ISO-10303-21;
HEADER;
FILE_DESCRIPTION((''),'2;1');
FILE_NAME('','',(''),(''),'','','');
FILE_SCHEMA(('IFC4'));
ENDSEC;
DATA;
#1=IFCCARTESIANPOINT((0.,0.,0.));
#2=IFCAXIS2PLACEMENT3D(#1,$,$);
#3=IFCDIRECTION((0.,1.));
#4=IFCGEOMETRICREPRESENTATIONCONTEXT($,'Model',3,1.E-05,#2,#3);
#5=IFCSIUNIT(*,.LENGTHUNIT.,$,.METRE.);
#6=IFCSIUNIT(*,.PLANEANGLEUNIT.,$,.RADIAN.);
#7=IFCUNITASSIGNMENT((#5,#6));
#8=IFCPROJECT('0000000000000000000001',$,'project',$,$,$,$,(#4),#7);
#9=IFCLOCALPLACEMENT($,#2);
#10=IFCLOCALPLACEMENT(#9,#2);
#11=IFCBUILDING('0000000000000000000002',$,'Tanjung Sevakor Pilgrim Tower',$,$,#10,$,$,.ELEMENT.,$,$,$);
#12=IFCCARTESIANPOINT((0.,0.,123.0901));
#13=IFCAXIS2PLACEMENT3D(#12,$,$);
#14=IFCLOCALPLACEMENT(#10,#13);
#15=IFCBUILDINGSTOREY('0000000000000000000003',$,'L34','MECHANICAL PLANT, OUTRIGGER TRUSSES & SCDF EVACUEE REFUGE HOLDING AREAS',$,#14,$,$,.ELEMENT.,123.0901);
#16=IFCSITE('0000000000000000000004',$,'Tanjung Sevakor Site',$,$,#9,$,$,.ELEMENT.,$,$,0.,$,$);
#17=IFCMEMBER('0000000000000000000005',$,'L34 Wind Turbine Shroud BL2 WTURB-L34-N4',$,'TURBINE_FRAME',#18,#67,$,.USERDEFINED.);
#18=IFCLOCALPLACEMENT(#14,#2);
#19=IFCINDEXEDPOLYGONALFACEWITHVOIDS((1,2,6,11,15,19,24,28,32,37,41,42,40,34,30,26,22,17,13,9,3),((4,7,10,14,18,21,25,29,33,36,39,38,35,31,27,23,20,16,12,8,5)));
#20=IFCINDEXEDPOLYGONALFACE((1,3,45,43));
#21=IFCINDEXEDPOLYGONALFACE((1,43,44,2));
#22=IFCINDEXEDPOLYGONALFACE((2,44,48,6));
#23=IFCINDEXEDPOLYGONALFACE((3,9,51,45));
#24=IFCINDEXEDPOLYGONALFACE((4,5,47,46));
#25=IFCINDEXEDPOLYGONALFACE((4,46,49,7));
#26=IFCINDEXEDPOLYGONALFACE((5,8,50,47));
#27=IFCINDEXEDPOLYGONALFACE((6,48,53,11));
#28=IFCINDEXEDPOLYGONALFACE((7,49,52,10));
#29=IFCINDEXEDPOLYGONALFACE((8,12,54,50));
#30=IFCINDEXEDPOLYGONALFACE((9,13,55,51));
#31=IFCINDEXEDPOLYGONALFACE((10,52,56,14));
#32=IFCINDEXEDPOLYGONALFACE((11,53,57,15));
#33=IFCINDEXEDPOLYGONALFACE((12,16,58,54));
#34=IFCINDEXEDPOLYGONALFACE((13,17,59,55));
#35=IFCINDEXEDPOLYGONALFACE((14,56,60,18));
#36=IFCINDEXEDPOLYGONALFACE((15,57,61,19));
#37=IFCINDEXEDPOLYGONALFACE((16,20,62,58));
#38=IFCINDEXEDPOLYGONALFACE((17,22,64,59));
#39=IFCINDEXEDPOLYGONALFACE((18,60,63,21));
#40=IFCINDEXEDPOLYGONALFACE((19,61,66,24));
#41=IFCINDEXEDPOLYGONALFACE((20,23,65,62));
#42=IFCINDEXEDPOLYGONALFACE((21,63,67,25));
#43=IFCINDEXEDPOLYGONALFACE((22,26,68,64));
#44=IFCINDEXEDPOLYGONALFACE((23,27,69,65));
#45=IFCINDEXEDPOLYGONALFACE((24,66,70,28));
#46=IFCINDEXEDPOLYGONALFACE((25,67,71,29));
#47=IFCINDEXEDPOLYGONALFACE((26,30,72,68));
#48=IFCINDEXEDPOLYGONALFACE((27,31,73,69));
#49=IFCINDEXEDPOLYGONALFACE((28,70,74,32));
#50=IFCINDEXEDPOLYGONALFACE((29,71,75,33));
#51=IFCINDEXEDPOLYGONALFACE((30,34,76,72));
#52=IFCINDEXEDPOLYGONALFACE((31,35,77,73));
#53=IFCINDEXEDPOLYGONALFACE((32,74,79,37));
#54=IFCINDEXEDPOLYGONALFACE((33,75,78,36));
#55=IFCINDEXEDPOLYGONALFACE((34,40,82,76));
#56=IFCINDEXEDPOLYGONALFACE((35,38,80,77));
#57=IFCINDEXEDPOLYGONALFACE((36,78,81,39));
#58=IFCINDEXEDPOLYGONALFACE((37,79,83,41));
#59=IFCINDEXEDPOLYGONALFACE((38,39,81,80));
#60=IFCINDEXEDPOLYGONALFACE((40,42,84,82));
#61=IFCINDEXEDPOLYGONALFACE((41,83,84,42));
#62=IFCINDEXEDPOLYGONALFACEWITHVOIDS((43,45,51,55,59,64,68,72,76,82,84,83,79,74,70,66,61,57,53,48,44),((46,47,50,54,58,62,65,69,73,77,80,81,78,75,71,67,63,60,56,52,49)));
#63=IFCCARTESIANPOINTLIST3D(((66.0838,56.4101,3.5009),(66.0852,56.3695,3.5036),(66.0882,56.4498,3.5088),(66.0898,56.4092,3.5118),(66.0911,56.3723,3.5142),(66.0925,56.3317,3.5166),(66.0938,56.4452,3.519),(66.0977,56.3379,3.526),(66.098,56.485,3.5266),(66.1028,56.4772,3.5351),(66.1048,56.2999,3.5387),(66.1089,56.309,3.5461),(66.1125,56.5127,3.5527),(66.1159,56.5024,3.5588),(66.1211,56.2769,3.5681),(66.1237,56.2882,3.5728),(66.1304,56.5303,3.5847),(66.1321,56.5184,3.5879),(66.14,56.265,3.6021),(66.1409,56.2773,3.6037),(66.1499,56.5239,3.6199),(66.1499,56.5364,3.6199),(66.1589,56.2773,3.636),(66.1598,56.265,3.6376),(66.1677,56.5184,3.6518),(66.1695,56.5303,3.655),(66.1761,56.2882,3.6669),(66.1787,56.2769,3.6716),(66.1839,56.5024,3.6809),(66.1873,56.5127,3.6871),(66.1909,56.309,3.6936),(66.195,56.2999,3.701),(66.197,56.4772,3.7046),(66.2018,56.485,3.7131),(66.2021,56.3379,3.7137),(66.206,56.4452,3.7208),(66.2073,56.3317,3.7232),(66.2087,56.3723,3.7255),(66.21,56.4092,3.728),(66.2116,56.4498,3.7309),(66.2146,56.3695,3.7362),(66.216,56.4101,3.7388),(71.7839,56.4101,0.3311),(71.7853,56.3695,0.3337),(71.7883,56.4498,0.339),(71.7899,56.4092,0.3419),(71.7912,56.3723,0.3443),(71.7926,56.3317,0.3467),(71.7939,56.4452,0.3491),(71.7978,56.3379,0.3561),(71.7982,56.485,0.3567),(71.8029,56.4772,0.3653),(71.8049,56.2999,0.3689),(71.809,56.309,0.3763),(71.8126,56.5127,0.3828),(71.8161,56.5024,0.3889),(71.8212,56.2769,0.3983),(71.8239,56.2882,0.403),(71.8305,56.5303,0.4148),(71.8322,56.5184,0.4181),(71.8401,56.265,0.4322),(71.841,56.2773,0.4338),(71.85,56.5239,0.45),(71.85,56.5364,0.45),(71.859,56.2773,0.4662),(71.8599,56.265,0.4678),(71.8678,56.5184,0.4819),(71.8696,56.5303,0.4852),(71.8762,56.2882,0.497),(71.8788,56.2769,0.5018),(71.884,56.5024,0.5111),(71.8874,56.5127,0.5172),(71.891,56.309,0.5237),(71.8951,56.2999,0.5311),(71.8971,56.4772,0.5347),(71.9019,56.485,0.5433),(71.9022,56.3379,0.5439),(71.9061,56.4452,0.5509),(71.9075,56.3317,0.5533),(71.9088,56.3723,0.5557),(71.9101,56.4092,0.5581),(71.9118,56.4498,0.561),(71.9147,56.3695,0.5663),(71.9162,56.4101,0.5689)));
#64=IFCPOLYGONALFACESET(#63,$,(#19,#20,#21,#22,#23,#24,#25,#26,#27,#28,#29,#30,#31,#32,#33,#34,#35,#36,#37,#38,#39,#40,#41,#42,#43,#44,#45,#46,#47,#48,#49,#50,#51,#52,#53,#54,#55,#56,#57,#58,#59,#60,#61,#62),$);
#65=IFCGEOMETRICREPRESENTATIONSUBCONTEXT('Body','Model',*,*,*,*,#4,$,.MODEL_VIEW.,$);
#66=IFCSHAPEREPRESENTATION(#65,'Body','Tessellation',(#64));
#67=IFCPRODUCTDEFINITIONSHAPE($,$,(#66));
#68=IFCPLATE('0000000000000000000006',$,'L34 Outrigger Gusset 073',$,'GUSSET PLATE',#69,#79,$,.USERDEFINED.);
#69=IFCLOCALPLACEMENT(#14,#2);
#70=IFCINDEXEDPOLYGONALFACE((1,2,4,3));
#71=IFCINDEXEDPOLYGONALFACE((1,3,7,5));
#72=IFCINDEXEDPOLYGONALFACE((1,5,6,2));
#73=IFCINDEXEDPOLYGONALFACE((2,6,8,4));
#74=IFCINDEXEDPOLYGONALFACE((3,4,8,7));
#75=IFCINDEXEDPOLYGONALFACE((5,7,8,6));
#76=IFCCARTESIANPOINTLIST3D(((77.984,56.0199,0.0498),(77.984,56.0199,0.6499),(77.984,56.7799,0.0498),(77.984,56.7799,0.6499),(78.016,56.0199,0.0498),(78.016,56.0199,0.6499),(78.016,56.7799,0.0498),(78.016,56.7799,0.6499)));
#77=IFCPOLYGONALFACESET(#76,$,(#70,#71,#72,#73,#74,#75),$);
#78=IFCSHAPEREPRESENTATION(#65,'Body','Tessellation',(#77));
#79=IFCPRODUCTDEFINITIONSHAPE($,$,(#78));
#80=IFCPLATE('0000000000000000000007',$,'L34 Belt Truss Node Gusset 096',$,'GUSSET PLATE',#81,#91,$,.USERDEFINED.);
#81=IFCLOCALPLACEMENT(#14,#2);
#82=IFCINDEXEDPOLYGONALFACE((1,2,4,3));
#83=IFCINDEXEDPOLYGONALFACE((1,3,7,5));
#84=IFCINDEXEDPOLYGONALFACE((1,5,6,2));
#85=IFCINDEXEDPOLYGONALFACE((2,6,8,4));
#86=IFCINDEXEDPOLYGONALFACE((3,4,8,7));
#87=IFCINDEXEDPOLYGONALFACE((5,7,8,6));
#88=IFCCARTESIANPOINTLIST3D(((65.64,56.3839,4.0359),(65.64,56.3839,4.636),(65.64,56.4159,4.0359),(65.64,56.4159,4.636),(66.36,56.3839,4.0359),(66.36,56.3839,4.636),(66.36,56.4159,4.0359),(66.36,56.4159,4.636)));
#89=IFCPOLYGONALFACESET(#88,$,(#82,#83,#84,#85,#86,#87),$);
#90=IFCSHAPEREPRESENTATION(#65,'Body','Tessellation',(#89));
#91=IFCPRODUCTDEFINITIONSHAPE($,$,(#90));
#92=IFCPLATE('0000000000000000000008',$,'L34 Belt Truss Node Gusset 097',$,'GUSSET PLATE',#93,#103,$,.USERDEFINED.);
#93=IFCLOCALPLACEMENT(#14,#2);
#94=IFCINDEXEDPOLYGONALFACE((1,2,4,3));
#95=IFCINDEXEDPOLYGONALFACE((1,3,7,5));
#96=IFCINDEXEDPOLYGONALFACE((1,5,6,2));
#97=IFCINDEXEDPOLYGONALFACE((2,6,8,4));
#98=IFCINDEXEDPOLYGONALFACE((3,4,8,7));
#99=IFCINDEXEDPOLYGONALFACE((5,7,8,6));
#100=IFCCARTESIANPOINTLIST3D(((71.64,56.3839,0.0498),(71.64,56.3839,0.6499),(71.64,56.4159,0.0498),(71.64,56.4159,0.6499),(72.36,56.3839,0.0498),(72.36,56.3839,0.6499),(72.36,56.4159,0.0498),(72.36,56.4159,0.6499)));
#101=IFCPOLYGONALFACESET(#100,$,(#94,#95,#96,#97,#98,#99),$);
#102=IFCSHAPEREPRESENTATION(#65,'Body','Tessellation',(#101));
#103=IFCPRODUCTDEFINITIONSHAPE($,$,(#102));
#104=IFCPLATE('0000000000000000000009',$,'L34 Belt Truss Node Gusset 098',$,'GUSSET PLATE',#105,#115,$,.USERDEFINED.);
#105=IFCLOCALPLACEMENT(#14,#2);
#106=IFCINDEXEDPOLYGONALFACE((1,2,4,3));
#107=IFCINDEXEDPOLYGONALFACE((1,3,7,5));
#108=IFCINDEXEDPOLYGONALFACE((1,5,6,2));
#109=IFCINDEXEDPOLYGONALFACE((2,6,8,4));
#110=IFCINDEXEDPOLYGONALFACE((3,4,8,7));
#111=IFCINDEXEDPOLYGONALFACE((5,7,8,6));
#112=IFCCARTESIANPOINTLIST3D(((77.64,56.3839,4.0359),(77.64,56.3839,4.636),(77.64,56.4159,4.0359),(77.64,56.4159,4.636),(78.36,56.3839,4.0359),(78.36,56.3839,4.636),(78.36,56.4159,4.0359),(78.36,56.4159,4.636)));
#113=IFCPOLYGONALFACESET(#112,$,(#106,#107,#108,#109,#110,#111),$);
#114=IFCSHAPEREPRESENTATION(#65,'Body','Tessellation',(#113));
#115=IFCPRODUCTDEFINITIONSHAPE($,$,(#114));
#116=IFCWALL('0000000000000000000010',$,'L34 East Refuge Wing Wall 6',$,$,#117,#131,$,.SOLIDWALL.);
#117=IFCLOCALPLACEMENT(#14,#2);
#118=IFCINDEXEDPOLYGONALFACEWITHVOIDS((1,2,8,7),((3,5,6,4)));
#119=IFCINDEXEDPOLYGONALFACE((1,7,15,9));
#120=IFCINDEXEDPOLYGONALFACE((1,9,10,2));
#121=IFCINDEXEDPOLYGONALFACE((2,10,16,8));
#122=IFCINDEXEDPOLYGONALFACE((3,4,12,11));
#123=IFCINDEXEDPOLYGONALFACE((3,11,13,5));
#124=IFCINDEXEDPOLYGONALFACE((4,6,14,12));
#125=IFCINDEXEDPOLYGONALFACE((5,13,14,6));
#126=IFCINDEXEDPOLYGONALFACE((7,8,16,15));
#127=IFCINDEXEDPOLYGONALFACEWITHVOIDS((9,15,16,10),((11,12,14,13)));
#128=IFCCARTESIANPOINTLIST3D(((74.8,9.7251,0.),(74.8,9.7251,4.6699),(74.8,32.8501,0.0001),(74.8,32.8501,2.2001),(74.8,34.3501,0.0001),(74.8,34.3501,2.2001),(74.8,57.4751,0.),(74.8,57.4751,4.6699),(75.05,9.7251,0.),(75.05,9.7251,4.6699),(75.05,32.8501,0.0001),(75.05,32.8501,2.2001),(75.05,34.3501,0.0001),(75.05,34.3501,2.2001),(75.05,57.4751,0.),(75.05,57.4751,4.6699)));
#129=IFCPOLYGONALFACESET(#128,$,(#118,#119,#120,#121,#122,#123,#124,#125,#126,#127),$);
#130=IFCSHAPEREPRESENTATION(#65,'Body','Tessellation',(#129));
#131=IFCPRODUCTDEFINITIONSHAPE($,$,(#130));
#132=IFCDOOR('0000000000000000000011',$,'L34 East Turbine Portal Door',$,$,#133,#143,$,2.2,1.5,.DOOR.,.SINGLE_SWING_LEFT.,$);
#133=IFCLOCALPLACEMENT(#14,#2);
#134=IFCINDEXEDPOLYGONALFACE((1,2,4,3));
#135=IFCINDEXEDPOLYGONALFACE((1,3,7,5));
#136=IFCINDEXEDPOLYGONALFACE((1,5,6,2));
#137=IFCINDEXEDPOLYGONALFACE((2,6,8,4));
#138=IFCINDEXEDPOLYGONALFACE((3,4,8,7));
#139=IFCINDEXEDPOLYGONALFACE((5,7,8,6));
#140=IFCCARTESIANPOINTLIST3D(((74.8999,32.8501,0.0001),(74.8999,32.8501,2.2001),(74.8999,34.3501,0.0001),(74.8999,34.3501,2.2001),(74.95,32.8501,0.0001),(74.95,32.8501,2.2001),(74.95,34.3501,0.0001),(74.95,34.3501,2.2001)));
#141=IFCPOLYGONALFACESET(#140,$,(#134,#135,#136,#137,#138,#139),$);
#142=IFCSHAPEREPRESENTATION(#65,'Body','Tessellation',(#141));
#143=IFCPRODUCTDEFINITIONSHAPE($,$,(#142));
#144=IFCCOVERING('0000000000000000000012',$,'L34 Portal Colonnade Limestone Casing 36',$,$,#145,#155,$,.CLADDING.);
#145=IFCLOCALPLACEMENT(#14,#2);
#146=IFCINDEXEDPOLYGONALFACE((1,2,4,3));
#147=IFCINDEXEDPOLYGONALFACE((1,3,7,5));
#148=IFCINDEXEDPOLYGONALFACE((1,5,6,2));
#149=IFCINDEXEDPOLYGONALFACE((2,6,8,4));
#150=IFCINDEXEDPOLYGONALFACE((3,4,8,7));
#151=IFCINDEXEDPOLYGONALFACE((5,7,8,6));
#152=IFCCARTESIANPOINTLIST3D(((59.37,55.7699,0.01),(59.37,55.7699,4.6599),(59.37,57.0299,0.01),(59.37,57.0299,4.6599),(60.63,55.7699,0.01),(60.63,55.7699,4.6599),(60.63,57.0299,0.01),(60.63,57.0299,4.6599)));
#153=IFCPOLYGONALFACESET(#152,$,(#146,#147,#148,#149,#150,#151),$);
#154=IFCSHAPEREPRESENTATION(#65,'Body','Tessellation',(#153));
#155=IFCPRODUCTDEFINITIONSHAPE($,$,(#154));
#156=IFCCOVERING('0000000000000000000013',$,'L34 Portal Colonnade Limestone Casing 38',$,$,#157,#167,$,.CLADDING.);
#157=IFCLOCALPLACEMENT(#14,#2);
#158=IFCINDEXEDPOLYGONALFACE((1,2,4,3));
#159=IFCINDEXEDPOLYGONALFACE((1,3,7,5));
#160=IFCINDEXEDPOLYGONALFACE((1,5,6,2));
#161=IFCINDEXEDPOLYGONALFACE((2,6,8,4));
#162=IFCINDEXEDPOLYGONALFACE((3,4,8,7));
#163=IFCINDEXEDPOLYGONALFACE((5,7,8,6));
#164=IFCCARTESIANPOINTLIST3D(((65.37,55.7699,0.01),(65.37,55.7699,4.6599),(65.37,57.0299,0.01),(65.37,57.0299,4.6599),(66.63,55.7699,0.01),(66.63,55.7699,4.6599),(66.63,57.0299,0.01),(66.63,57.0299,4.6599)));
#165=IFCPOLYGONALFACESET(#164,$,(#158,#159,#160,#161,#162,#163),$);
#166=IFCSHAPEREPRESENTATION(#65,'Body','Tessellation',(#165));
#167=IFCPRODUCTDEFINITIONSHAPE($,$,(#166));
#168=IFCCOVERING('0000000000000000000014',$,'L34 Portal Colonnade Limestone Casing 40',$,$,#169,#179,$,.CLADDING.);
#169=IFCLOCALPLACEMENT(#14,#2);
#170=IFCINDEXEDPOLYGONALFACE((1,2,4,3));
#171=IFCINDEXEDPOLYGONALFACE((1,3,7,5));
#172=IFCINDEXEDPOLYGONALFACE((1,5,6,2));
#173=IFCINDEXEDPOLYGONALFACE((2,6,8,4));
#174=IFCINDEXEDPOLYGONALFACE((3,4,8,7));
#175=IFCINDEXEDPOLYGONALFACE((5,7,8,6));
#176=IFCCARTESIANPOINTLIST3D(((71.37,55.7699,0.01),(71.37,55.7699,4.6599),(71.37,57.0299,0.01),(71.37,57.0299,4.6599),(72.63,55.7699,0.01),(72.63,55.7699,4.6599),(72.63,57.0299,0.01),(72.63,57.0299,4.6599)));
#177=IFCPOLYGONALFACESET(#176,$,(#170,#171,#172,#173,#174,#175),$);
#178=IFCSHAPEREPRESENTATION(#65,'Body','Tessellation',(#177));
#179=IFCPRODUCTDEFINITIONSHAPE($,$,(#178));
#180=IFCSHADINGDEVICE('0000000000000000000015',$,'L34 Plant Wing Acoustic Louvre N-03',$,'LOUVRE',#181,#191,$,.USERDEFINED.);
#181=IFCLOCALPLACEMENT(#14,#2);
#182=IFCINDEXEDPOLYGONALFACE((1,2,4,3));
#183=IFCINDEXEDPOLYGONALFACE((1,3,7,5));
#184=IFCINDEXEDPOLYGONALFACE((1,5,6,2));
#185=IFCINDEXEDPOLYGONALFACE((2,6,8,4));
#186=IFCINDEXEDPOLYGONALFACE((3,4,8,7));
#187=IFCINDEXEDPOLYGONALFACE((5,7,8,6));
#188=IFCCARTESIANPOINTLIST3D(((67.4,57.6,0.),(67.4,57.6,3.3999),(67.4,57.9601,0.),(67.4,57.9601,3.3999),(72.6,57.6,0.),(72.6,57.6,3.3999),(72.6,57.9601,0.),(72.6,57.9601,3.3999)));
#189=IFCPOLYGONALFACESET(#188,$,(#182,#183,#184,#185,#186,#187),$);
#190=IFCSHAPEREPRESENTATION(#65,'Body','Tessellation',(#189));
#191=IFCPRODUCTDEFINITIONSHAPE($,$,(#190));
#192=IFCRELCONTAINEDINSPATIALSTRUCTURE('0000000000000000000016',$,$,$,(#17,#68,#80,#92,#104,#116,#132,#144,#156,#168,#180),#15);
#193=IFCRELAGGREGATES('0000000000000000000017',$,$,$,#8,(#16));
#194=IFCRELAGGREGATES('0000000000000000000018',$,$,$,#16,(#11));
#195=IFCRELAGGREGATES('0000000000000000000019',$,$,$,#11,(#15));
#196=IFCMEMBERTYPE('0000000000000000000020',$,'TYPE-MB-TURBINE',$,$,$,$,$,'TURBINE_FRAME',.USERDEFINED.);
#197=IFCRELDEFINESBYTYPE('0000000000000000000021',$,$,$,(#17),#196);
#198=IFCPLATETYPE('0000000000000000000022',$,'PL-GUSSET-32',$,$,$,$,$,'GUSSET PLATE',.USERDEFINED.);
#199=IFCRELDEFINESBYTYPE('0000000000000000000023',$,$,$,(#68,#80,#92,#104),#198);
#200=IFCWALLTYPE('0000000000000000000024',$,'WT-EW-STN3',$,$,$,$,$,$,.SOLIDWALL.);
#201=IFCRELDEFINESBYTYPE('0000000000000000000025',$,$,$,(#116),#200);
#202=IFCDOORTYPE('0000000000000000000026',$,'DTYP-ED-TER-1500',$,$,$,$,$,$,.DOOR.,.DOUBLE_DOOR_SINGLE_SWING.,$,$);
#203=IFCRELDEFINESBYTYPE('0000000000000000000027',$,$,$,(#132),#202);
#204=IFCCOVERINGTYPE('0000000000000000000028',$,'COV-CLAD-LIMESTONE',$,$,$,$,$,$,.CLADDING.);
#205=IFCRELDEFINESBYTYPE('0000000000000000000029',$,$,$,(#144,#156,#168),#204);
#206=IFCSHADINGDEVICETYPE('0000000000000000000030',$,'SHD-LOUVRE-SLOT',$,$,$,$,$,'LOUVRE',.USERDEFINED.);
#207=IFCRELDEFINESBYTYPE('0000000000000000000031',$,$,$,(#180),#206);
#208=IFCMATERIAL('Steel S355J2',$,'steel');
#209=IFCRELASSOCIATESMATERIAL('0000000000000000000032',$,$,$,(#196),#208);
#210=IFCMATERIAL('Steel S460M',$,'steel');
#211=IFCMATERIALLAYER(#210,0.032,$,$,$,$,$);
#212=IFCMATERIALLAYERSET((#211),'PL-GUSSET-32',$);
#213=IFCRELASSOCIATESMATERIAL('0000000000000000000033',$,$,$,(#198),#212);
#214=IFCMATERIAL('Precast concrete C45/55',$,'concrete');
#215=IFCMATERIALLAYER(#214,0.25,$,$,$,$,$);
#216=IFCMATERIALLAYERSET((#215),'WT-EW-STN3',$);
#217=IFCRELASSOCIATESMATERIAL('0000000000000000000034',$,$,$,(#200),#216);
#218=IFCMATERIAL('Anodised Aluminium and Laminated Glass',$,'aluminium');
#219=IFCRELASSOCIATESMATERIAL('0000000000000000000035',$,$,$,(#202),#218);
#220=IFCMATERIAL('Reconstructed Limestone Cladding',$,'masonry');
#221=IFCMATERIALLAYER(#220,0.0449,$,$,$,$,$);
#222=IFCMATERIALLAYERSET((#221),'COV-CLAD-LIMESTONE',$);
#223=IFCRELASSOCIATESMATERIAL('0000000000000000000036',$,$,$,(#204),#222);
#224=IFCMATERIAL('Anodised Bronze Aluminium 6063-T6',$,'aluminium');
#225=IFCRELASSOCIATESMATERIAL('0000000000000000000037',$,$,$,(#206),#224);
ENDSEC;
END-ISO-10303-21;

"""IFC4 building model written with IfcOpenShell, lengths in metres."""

from ifc_helpers import new_model, si_unit, direction, frame, frame_2d, origin, origin_2d, place, context, subcontext, project, spatial, rectangle, hollow_circle, extrude, material, layer, layer_set, material_profile, profile_set, type_object, element, fill, save


model = new_model("IFC4")

# Units and contexts
model_context = context("Model", 3, precision=1e-05, world=origin(), true_north=direction((0.0, 1.0)))
body_context = subcontext(model_context, "Body", "Model", "MODEL_VIEW")
ifc_project = project(units=[si_unit("LENGTHUNIT", "METRE"), si_unit("PLANEANGLEUNIT", "RADIAN")], contexts=[model_context])

# Site, building, storey
site_placement = place(None, origin())
site = spatial("IfcSite", under=ifc_project, at=site_placement, Name="Tanjung Sevakor Site", CompositionType="ELEMENT", RefElevation=0.0)
building_placement = place(site_placement, origin())
building = spatial("IfcBuilding", under=site, at=building_placement, Name="Tanjung Sevakor Pilgrim Tower", CompositionType="ELEMENT")
storey_placement = place(building_placement, frame((0.0, 0.0, 123.0901)))
storey = spatial("IfcBuildingStorey", under=building, at=storey_placement, Name="L34", Description="MECHANICAL PLANT, OUTRIGGER TRUSSES & SCDF EVACUEE REFUGE HOLDING AREAS", CompositionType="ELEMENT", Elevation=123.0901)

# Member
ifc_material_1 = material(Name="Steel S355J2", Category="steel")
ifc_material_profile_1 = material_profile(ifc_material_1, hollow_circle(Radius=0.1365, WallThickness=0.0125, at=origin_2d()))
ifc_profile_set_1 = profile_set([ifc_material_profile_1], Name="Steel S355J2")
member_type_1 = type_object("IfcMemberType", Name="TYPE-MB-TURBINE", ElementType="TURBINE_FRAME", PredefinedType="USERDEFINED", material=ifc_profile_set_1)
for number, where, z_axis, x_axis, name in (
    (1, (66.1499, 56.3999, 3.6199), (0.873952, 0.0, -0.486012), (0.0, 1.0, 0.0), "L34 Wind Turbine Shroud BL2 WTURB-L34-N4"),
):
    element("IfcMember", number, at=place(storey_placement, frame(where, z_axis=z_axis, x_axis=x_axis)), inside=storey, type_object=member_type_1, Name=name, ObjectType="TURBINE_FRAME", PredefinedType="USERDEFINED", context=body_context, shape_type="SweptSolid", body=[
        extrude(hollow_circle(Radius=0.1365, WallThickness=0.0125, at=origin_2d()), origin(), (0.0, 0.0, 1.0), 6.5222),
    ])

# Plates
ifc_material_2 = material(Name="Steel S460M", Category="steel")
ifc_layer_1 = layer(ifc_material_2, 0.032)
ifc_layer_set_1 = layer_set([ifc_layer_1], Name="PL-GUSSET-32")
plate_type = type_object("IfcPlateType", Name="PL-GUSSET-32", ElementType="GUSSET PLATE", PredefinedType="USERDEFINED", material=ifc_layer_set_1)
plate_placement = place(storey_placement, frame((78.0, 56.3999, 0.0498), z_axis=(0.0, 0.0, 1.0), x_axis=(1.0, 0.0, 0.0)))
element("IfcPlate", 2, at=plate_placement, inside=storey, type_object=plate_type, Name="L34 Outrigger Gusset 073", ObjectType="GUSSET PLATE", PredefinedType="USERDEFINED", context=body_context, shape_type="SweptSolid", body=[
    extrude(rectangle(XDim=0.032, YDim=0.76, at=origin_2d()), origin(), (0.0, 0.0, 1.0), 0.6001),
])
for number, where, z_axis, x_axis, name in (
    (3, (66.0, 56.3999, 4.0359), (0.0, 0.0, 1.0), (1.0, 0.0, 0.0), "L34 Belt Truss Node Gusset 096"),
    (4, (72.0, 56.3999, 0.0498), (0.0, 0.0, 1.0), (1.0, 0.0, 0.0), "L34 Belt Truss Node Gusset 097"),
    (5, (78.0, 56.3999, 4.0359), (0.0, 0.0, 1.0), (1.0, 0.0, 0.0), "L34 Belt Truss Node Gusset 098"),
):
    element("IfcPlate", number, at=place(storey_placement, frame(where, z_axis=z_axis, x_axis=x_axis)), inside=storey, type_object=plate_type, Name=name, ObjectType="GUSSET PLATE", PredefinedType="USERDEFINED", context=body_context, shape_type="SweptSolid", body=[
        extrude(rectangle(XDim=0.72, YDim=0.032, at=origin_2d()), origin(), (0.0, 0.0, 1.0), 0.6001),
    ])

# Wall, opening, door
ifc_material_3 = material(Name="Precast concrete C45/55", Category="concrete")
ifc_layer_2 = layer(ifc_material_3, 0.25)
ifc_layer_set_2 = layer_set([ifc_layer_2], Name="WT-EW-STN3")
wall_type = type_object("IfcWallType", Name="WT-EW-STN3", PredefinedType="SOLIDWALL", material=ifc_layer_set_2)
wall_placement = place(storey_placement, frame((74.925, 57.4751, 0.0), z_axis=(0.0, 0.0, 1.0), x_axis=(0.0, -1.0, 0.0)))
wall = element("IfcWall", 6, at=wall_placement, inside=storey, type_object=wall_type, Name="L34 East Refuge Wing Wall 6", PredefinedType="SOLIDWALL", context=body_context, shape_type="SweptSolid", body=[
    extrude(rectangle(XDim=47.75, YDim=0.25, at=frame_2d((23.875, 0.0))), origin(), (0.0, 0.0, 1.0), 4.6699),
])
opening_placement = place(wall_placement, frame((23.125, 0.0, 0.0)))
opening = element("IfcOpeningElement", 7, at=opening_placement, cuts=wall, PredefinedType="OPENING", context=body_context, shape_type="SweptSolid", body=[
    extrude(rectangle(XDim=1.5, YDim=2.2, at=frame_2d((0.75, 1.1001))), frame((0.0, 0.135, 0.0), z_axis=(0.0, -1.0, 0.0), x_axis=(1.0, 0.0, 0.0)), (0.0, 0.0, 1.0), 0.27),
])
ifc_material_4 = material(Name="Anodised Aluminium and Laminated Glass", Category="aluminium")
door_type = type_object("IfcDoorType", Name="DTYP-ED-TER-1500", OperationType="DOUBLE_DOOR_SINGLE_SWING", PredefinedType="DOOR", material=ifc_material_4)
door_placement = place(opening_placement, origin())
door = element("IfcDoor", 8, at=door_placement, inside=storey, type_object=door_type, Name="L34 East Turbine Portal Door", OperationType="SINGLE_SWING_LEFT", OverallHeight=2.2, OverallWidth=1.5, PredefinedType="DOOR", context=body_context, shape_type="SweptSolid", body=[
    extrude(rectangle(XDim=1.5, YDim=2.2, at=frame_2d((0.75, 1.1001))), frame((0.0, 0.0249, 0.0), z_axis=(0.0, -1.0, 0.0), x_axis=(1.0, 0.0, 0.0)), (0.0, 0.0, 1.0), 0.05),
])
fill(opening, door)

# Coverings
ifc_material_5 = material(Name="Reconstructed Limestone Cladding", Category="masonry")
ifc_layer_3 = layer(ifc_material_5, 0.0449)
ifc_layer_set_3 = layer_set([ifc_layer_3], Name="COV-CLAD-LIMESTONE")
covering_type = type_object("IfcCoveringType", Name="COV-CLAD-LIMESTONE", PredefinedType="CLADDING", material=ifc_layer_set_3)
for number, where, z_axis, x_axis, name in (
    (9, (60.0, 56.3999, 0.01), (0.0, 0.0, 1.0), (1.0, 0.0, 0.0), "L34 Portal Colonnade Limestone Casing 36"),
    (10, (66.0, 56.3999, 0.01), (0.0, 0.0, 1.0), (1.0, 0.0, 0.0), "L34 Portal Colonnade Limestone Casing 38"),
    (11, (72.0, 56.3999, 0.01), (0.0, 0.0, 1.0), (1.0, 0.0, 0.0), "L34 Portal Colonnade Limestone Casing 40"),
):
    element("IfcCovering", number, at=place(storey_placement, frame(where, z_axis=z_axis, x_axis=x_axis)), inside=storey, type_object=covering_type, Name=name, PredefinedType="CLADDING", context=body_context, shape_type="SweptSolid", body=[
        extrude(rectangle(XDim=1.26, YDim=1.26, at=origin_2d()), origin(), (0.0, 0.0, 1.0), 4.6499),
    ])

# Shading device
ifc_material_6 = material(Name="Anodised Bronze Aluminium 6063-T6", Category="aluminium")
shading_device_type = type_object("IfcShadingDeviceType", Name="SHD-LOUVRE-SLOT", ElementType="LOUVRE", PredefinedType="USERDEFINED", material=ifc_material_6)
shading_device_placement = place(storey_placement, frame((70.0, 57.78, 0.0), z_axis=(0.0, 0.0, 1.0), x_axis=(1.0, 0.0, 0.0)))
element("IfcShadingDevice", 12, at=shading_device_placement, inside=storey, type_object=shading_device_type, Name="L34 Plant Wing Acoustic Louvre N-03", ObjectType="LOUVRE", PredefinedType="USERDEFINED", context=body_context, shape_type="SweptSolid", body=[
    extrude(rectangle(XDim=5.2, YDim=0.3601, at=origin_2d()), origin(), (0.0, 0.0, 1.0), 3.3999),
])

save(model, "model.ifc")
